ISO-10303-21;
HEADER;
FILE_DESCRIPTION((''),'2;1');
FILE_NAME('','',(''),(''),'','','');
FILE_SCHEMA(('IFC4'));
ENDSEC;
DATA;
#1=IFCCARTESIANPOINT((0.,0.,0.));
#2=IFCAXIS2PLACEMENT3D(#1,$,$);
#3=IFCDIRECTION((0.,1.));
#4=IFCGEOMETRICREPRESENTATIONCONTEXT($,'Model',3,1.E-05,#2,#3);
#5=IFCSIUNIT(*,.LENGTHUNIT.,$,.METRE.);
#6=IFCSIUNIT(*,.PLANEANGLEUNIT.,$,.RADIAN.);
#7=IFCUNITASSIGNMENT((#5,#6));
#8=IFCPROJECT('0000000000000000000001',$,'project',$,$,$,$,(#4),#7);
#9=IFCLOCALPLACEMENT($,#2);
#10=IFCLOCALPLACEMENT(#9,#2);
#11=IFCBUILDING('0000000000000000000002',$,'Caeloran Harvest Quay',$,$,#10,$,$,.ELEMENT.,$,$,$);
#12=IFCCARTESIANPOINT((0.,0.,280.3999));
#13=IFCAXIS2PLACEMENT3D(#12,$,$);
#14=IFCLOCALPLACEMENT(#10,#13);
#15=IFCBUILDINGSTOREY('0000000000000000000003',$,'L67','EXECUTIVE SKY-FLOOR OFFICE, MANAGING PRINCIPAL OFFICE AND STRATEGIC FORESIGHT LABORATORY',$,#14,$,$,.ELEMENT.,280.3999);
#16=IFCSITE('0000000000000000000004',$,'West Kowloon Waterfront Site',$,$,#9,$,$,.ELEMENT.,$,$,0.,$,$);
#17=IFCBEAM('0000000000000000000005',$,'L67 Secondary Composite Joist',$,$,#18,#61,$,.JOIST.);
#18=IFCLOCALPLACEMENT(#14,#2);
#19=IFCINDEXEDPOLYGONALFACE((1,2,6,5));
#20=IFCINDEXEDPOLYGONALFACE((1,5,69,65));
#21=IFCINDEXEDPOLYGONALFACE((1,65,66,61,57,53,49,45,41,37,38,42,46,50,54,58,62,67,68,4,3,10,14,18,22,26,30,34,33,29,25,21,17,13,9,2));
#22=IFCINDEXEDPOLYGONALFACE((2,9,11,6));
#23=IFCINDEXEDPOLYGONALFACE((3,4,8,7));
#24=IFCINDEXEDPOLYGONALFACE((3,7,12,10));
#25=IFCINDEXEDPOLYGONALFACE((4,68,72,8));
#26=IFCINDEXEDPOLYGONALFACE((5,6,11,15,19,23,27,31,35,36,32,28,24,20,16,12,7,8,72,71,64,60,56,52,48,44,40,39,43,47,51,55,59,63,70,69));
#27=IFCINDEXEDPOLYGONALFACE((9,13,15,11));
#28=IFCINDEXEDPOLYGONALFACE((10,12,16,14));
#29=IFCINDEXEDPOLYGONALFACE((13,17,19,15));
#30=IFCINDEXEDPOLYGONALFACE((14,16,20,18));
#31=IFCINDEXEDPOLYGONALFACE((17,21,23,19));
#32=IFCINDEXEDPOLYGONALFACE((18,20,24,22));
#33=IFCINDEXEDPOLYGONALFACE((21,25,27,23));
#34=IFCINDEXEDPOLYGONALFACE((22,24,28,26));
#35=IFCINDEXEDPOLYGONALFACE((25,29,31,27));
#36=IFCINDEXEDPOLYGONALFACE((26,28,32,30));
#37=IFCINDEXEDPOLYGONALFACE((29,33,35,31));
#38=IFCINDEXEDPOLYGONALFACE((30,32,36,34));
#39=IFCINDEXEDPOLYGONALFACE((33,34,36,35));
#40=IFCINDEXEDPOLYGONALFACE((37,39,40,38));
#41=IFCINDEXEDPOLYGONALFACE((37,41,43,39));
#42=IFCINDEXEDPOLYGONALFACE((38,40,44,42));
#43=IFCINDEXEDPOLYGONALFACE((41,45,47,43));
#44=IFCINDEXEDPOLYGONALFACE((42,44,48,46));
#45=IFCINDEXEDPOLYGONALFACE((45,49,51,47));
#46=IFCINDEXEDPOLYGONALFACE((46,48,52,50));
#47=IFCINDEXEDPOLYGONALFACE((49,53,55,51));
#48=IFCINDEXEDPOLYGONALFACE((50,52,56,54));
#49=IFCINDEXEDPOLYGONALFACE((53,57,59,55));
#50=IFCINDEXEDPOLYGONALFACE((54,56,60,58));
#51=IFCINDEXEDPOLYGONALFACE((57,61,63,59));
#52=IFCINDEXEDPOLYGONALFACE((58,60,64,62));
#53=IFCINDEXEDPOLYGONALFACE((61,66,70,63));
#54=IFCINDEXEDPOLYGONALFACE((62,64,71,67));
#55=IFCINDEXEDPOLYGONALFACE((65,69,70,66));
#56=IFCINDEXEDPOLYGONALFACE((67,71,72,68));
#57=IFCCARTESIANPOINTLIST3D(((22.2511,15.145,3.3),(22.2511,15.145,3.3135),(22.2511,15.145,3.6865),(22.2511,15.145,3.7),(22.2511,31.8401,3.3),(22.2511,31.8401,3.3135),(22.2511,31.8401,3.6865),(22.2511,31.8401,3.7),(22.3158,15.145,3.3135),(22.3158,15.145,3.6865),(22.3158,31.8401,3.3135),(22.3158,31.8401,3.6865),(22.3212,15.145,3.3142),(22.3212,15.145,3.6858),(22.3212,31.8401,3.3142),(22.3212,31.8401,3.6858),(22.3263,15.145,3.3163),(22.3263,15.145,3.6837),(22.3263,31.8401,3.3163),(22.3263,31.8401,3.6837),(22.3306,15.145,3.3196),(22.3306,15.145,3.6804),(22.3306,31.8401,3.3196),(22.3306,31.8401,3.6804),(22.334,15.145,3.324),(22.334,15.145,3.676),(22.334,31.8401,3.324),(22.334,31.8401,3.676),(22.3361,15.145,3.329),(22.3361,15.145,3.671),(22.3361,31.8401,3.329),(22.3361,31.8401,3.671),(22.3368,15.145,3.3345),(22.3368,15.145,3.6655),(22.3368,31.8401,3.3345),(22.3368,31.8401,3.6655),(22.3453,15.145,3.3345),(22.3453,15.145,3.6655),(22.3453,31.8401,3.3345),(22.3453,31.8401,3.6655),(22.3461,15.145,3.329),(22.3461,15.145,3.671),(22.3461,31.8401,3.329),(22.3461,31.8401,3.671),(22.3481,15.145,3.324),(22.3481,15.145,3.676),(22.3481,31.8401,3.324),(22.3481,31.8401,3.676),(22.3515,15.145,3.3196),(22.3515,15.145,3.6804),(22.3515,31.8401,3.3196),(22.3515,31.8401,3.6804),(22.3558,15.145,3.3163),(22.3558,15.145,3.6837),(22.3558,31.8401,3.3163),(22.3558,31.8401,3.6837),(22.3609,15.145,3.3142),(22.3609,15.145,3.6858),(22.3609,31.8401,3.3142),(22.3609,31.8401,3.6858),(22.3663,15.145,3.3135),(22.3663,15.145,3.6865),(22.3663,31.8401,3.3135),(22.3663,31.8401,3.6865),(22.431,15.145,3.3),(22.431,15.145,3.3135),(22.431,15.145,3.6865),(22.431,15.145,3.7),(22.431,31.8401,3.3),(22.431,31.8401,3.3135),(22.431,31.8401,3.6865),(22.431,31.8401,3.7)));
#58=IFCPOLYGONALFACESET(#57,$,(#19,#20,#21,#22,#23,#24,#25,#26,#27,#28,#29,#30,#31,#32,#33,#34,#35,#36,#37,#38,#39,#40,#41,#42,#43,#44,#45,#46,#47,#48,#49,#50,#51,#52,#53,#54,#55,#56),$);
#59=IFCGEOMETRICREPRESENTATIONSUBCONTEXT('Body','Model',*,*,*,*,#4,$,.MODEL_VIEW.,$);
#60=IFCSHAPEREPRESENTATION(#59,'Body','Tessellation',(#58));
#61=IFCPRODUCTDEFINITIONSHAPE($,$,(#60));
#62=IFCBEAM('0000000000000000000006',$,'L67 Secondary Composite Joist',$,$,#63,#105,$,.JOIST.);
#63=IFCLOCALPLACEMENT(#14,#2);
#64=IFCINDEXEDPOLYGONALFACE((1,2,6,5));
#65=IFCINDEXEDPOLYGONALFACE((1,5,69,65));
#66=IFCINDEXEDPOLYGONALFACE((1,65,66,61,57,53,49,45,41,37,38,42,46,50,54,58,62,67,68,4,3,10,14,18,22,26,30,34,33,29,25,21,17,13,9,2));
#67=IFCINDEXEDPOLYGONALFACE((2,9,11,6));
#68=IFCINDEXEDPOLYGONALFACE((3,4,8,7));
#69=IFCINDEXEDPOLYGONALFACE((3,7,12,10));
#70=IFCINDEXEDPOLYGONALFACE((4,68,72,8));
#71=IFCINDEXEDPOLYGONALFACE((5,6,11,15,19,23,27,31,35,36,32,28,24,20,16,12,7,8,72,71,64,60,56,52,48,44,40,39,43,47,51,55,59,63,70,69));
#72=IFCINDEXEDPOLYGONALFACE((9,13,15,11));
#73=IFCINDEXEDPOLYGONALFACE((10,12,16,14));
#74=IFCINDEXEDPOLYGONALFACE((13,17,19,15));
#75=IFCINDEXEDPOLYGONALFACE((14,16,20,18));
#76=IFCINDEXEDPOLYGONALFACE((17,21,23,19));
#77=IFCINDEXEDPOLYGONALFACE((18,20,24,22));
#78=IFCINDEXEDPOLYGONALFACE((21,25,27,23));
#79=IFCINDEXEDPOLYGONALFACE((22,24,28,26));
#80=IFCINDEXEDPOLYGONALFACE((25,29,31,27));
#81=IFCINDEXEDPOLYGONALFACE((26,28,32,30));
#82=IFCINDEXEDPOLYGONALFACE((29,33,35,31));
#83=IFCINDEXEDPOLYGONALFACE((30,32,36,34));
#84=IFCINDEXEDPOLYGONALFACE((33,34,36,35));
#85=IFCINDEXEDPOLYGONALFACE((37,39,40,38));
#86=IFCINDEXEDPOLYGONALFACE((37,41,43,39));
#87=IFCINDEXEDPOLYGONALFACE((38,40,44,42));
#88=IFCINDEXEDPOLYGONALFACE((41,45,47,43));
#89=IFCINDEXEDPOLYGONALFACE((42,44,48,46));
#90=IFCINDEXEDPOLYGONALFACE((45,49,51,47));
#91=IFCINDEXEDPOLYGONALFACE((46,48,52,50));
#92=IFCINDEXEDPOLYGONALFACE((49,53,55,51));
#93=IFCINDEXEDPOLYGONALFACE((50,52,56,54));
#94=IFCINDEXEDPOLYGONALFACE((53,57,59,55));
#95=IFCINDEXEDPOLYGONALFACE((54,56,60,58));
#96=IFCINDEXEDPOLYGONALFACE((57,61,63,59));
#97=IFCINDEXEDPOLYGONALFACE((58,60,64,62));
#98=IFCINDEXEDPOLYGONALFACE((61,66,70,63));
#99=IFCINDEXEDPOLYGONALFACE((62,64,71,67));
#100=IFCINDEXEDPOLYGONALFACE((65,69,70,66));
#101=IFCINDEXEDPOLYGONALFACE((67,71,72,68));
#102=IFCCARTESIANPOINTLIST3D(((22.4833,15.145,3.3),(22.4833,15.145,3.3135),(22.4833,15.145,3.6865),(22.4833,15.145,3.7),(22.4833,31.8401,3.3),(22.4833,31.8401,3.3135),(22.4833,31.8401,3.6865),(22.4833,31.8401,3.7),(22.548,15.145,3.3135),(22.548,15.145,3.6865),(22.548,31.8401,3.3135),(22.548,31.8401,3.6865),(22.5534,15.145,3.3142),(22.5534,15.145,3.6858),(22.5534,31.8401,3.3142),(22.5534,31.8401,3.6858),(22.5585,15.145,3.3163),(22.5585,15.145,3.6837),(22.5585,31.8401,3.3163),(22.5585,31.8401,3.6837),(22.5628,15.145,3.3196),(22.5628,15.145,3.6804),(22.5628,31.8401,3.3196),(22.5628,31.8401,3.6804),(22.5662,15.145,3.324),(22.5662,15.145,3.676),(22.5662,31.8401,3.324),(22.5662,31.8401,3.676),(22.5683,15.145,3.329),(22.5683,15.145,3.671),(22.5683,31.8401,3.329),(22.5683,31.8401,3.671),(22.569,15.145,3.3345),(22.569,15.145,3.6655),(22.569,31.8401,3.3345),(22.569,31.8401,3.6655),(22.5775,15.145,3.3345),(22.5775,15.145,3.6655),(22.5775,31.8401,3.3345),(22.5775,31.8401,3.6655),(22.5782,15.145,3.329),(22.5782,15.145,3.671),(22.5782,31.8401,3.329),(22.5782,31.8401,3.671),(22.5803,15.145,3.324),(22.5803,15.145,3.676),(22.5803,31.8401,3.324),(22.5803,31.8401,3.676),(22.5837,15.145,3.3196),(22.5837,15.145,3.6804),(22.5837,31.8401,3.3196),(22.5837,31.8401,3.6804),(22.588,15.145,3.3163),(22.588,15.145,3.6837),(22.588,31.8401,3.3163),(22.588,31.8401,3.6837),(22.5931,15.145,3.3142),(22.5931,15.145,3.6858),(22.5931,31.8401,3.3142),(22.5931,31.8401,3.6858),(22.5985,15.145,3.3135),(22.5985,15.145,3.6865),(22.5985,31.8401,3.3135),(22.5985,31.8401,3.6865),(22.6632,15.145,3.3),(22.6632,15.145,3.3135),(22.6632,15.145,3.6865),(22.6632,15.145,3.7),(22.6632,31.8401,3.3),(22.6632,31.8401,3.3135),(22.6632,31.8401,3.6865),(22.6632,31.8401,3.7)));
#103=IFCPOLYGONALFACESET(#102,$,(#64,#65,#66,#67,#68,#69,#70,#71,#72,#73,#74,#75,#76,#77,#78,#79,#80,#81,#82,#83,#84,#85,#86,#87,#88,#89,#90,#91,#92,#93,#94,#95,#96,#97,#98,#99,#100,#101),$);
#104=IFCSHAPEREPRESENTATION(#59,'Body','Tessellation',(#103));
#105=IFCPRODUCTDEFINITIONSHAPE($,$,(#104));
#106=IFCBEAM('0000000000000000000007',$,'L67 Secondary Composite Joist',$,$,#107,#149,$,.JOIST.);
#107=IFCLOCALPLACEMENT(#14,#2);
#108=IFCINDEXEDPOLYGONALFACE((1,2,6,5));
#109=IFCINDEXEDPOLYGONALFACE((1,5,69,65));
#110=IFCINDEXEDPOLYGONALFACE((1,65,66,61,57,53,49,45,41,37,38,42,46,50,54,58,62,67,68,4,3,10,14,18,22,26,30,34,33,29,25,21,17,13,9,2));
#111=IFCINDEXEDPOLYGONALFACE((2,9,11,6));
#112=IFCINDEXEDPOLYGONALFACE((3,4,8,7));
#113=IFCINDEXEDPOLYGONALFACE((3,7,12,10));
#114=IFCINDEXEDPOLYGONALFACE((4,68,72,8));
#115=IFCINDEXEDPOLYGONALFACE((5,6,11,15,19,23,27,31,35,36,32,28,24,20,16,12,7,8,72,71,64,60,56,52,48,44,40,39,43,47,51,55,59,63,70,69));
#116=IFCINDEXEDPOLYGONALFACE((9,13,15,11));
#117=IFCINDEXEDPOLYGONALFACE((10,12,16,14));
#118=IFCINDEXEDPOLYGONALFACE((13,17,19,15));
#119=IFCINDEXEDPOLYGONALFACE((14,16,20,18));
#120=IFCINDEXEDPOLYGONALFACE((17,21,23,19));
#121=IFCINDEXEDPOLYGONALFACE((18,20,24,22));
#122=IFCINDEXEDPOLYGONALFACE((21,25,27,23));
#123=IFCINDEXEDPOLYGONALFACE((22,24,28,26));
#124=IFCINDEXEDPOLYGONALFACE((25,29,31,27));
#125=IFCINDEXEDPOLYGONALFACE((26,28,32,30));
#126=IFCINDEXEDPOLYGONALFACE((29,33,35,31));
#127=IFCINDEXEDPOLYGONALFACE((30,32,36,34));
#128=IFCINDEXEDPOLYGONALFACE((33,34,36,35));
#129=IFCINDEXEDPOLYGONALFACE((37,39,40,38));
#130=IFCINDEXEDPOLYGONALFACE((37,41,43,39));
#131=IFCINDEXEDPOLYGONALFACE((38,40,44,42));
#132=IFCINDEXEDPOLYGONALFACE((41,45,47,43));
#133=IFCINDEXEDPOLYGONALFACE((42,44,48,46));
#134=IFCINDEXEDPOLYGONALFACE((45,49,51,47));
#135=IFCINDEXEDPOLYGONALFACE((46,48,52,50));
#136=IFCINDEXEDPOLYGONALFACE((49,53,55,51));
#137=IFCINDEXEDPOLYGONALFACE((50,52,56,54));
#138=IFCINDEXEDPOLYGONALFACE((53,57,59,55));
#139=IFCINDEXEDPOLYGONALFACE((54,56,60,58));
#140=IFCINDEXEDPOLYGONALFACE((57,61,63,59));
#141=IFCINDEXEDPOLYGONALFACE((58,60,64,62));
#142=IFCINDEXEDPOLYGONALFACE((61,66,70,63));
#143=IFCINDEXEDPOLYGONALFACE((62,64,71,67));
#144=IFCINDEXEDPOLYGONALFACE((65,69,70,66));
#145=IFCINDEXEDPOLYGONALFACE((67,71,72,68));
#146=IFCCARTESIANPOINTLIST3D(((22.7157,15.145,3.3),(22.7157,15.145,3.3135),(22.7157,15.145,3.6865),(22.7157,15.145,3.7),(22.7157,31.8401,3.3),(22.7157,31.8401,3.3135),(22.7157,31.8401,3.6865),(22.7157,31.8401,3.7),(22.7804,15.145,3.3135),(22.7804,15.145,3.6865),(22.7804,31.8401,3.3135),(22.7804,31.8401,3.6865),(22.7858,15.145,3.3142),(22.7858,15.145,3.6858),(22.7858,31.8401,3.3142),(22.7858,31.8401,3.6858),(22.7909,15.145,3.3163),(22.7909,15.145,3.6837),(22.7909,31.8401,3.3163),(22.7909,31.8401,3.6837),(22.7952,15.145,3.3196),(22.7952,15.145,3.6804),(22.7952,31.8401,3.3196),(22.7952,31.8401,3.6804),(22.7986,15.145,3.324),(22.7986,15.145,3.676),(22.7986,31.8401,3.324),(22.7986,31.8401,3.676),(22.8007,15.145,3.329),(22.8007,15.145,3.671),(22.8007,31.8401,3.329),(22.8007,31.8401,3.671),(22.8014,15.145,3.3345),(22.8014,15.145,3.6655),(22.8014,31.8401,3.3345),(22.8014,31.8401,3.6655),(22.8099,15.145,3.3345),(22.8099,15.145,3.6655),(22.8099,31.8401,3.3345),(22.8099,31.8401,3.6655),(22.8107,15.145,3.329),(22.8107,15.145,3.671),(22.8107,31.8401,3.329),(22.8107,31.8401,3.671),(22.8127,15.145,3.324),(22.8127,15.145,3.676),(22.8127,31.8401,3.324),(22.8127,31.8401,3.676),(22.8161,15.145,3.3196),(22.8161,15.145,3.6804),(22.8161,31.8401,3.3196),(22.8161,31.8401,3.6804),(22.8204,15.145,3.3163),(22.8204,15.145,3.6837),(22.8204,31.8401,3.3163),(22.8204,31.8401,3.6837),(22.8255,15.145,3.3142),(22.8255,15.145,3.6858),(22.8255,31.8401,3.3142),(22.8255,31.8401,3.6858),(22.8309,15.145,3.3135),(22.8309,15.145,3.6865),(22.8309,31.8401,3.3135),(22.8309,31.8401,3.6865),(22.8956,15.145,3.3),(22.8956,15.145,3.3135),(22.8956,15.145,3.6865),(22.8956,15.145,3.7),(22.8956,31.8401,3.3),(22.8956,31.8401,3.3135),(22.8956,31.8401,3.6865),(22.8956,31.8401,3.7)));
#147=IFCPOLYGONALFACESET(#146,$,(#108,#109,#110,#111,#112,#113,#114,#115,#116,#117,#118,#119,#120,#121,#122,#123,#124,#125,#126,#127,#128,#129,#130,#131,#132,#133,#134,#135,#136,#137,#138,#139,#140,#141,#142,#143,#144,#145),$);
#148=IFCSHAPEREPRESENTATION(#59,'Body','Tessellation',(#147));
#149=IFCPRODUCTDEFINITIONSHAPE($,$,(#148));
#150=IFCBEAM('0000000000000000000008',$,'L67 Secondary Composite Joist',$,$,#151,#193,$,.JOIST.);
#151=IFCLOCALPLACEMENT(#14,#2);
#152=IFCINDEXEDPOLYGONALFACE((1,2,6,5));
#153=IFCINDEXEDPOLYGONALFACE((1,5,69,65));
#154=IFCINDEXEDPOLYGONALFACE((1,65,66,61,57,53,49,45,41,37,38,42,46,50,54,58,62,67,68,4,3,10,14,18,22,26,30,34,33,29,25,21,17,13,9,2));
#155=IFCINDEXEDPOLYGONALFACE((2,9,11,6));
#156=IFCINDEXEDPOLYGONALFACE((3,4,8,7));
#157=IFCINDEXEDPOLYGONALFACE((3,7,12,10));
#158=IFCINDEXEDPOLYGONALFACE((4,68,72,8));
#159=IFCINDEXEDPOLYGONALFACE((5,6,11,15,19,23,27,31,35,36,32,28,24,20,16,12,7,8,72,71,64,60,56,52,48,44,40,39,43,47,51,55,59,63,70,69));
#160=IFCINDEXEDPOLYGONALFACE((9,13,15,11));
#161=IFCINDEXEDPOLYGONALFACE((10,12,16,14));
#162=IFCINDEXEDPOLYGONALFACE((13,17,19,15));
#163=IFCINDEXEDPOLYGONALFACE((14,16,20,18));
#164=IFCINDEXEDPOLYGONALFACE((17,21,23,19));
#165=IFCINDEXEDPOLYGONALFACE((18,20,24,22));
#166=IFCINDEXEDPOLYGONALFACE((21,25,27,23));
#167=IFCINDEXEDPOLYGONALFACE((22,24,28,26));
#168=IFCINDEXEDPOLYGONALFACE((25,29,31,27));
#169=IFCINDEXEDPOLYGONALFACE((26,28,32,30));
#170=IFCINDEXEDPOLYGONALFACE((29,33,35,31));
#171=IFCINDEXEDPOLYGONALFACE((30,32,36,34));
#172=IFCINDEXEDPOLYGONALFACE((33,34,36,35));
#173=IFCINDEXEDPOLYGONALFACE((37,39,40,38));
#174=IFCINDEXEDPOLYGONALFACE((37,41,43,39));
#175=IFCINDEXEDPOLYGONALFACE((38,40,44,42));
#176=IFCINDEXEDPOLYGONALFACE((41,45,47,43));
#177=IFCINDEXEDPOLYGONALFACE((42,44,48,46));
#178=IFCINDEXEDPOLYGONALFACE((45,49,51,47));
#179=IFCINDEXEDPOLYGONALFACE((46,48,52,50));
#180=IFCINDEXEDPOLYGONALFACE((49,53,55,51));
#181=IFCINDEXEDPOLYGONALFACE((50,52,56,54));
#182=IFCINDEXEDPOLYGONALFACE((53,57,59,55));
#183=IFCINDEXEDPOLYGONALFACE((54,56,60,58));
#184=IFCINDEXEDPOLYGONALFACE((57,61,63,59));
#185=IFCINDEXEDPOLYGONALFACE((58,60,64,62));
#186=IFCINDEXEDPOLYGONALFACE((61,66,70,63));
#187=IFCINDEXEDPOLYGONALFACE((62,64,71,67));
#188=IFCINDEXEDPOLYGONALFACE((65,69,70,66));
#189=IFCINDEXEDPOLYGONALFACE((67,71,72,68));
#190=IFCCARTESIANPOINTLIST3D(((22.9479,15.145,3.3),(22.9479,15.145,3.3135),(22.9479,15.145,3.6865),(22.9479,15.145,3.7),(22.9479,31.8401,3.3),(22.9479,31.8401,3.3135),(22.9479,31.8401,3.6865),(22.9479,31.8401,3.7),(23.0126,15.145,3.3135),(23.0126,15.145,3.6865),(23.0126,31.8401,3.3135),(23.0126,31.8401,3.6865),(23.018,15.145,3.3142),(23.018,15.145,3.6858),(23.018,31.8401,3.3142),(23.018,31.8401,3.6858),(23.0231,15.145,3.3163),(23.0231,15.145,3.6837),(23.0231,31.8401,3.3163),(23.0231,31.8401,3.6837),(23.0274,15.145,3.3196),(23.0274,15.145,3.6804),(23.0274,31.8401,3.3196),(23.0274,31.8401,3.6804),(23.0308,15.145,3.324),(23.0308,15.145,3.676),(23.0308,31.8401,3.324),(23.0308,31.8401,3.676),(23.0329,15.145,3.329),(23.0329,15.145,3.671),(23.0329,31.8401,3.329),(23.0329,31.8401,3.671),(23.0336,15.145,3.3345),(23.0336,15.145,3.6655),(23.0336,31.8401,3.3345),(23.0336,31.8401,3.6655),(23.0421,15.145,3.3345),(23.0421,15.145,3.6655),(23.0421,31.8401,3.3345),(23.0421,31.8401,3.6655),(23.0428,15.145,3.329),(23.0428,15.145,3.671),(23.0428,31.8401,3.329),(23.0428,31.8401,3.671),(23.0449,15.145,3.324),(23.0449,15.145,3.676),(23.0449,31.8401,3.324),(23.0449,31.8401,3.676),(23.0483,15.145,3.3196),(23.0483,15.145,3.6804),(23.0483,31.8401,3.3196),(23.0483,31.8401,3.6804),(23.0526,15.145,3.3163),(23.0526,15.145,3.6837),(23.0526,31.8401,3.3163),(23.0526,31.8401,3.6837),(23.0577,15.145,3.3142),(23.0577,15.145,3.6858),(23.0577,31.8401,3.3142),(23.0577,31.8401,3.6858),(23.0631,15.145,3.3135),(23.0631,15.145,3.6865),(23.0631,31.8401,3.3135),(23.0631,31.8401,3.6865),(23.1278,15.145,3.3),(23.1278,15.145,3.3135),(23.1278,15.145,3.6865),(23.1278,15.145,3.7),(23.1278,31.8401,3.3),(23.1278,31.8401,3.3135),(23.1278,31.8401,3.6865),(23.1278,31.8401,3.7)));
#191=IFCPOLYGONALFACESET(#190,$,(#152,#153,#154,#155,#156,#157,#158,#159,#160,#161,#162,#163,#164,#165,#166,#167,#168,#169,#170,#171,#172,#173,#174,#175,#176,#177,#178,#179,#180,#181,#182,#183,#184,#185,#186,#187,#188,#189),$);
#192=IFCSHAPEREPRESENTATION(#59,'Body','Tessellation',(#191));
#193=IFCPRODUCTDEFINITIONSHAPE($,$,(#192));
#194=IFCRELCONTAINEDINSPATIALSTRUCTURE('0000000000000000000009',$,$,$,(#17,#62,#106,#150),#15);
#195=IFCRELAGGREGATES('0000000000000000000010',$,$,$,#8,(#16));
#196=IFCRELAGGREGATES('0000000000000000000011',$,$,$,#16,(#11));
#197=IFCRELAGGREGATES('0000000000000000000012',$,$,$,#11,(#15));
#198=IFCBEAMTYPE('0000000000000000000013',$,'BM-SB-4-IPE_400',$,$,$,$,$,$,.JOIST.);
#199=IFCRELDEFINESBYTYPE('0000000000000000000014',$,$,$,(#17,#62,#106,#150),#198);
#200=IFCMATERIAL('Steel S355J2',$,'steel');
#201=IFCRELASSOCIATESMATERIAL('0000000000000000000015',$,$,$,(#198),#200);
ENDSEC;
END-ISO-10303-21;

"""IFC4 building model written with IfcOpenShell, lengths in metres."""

from ifc_helpers import new_model, si_unit, direction, frame, origin, origin_2d, place, context, subcontext, project, spatial, i_section, extrude, material, material_profile, profile_set, type_object, element, save


model = new_model("IFC4")

# Units and contexts
model_context = context("Model", 3, precision=1e-05, world=origin(), true_north=direction((0.0, 1.0)))
body_context = subcontext(model_context, "Body", "Model", "MODEL_VIEW")
ifc_project = project(units=[si_unit("LENGTHUNIT", "METRE"), si_unit("PLANEANGLEUNIT", "RADIAN")], contexts=[model_context])

# Site, building, storey
site_placement = place(None, origin())
site = spatial("IfcSite", under=ifc_project, at=site_placement, Name="West Kowloon Waterfront Site", CompositionType="ELEMENT", RefElevation=0.0)
building_placement = place(site_placement, origin())
building = spatial("IfcBuilding", under=site, at=building_placement, Name="Caeloran Harvest Quay", CompositionType="ELEMENT")
storey_placement = place(building_placement, frame((0.0, 0.0, 280.3999)))
storey = spatial("IfcBuildingStorey", under=building, at=storey_placement, Name="L67", Description="EXECUTIVE SKY-FLOOR OFFICE, MANAGING PRINCIPAL OFFICE AND STRATEGIC FORESIGHT LABORATORY", CompositionType="ELEMENT", Elevation=280.3999)

# Beams
ifc_material_1 = material(Name="Steel S355J2", Category="steel")
ifc_material_profile_1 = material_profile(ifc_material_1, i_section(OverallWidth=0.1799, OverallDepth=0.3999, WebThickness=0.0085, FlangeThickness=0.0134, FilletRadius=0.021, at=origin_2d()), Name="IPE 400")
ifc_profile_set_1 = profile_set([ifc_material_profile_1], Name="Steel S355J2")
beam_type_1 = type_object("IfcBeamType", Name="BM-SB-4-IPE_400", PredefinedType="JOIST", material=ifc_profile_set_1)
for number, where, z_axis, x_axis, name in (
    (1, (22.3411, 15.145, 3.5), (0.0, 1.0, 0.0), (-1.0, 0.0, 0.0), "L67 Secondary Composite Joist"),
    (2, (22.5732, 15.145, 3.5), (0.0, 1.0, 0.0), (-1.0, 0.0, 0.0), "L67 Secondary Composite Joist"),
    (3, (22.8057, 15.145, 3.5), (0.0, 1.0, 0.0), (-1.0, 0.0, 0.0), "L67 Secondary Composite Joist"),
    (4, (23.0378, 15.145, 3.5), (0.0, 1.0, 0.0), (-1.0, 0.0, 0.0), "L67 Secondary Composite Joist"),
):
    element("IfcBeam", number, at=place(storey_placement, frame(where, z_axis=z_axis, x_axis=x_axis)), inside=storey, type_object=beam_type_1, Name=name, PredefinedType="JOIST", context=body_context, shape_type="SweptSolid", body=[
        extrude(i_section(OverallWidth=0.1799, OverallDepth=0.3999, WebThickness=0.0085, FlangeThickness=0.0134, FilletRadius=0.021, at=origin_2d()), origin(), (0.0, 0.0, 1.0), 16.6951),
    ])

save(model, "model.ifc")
